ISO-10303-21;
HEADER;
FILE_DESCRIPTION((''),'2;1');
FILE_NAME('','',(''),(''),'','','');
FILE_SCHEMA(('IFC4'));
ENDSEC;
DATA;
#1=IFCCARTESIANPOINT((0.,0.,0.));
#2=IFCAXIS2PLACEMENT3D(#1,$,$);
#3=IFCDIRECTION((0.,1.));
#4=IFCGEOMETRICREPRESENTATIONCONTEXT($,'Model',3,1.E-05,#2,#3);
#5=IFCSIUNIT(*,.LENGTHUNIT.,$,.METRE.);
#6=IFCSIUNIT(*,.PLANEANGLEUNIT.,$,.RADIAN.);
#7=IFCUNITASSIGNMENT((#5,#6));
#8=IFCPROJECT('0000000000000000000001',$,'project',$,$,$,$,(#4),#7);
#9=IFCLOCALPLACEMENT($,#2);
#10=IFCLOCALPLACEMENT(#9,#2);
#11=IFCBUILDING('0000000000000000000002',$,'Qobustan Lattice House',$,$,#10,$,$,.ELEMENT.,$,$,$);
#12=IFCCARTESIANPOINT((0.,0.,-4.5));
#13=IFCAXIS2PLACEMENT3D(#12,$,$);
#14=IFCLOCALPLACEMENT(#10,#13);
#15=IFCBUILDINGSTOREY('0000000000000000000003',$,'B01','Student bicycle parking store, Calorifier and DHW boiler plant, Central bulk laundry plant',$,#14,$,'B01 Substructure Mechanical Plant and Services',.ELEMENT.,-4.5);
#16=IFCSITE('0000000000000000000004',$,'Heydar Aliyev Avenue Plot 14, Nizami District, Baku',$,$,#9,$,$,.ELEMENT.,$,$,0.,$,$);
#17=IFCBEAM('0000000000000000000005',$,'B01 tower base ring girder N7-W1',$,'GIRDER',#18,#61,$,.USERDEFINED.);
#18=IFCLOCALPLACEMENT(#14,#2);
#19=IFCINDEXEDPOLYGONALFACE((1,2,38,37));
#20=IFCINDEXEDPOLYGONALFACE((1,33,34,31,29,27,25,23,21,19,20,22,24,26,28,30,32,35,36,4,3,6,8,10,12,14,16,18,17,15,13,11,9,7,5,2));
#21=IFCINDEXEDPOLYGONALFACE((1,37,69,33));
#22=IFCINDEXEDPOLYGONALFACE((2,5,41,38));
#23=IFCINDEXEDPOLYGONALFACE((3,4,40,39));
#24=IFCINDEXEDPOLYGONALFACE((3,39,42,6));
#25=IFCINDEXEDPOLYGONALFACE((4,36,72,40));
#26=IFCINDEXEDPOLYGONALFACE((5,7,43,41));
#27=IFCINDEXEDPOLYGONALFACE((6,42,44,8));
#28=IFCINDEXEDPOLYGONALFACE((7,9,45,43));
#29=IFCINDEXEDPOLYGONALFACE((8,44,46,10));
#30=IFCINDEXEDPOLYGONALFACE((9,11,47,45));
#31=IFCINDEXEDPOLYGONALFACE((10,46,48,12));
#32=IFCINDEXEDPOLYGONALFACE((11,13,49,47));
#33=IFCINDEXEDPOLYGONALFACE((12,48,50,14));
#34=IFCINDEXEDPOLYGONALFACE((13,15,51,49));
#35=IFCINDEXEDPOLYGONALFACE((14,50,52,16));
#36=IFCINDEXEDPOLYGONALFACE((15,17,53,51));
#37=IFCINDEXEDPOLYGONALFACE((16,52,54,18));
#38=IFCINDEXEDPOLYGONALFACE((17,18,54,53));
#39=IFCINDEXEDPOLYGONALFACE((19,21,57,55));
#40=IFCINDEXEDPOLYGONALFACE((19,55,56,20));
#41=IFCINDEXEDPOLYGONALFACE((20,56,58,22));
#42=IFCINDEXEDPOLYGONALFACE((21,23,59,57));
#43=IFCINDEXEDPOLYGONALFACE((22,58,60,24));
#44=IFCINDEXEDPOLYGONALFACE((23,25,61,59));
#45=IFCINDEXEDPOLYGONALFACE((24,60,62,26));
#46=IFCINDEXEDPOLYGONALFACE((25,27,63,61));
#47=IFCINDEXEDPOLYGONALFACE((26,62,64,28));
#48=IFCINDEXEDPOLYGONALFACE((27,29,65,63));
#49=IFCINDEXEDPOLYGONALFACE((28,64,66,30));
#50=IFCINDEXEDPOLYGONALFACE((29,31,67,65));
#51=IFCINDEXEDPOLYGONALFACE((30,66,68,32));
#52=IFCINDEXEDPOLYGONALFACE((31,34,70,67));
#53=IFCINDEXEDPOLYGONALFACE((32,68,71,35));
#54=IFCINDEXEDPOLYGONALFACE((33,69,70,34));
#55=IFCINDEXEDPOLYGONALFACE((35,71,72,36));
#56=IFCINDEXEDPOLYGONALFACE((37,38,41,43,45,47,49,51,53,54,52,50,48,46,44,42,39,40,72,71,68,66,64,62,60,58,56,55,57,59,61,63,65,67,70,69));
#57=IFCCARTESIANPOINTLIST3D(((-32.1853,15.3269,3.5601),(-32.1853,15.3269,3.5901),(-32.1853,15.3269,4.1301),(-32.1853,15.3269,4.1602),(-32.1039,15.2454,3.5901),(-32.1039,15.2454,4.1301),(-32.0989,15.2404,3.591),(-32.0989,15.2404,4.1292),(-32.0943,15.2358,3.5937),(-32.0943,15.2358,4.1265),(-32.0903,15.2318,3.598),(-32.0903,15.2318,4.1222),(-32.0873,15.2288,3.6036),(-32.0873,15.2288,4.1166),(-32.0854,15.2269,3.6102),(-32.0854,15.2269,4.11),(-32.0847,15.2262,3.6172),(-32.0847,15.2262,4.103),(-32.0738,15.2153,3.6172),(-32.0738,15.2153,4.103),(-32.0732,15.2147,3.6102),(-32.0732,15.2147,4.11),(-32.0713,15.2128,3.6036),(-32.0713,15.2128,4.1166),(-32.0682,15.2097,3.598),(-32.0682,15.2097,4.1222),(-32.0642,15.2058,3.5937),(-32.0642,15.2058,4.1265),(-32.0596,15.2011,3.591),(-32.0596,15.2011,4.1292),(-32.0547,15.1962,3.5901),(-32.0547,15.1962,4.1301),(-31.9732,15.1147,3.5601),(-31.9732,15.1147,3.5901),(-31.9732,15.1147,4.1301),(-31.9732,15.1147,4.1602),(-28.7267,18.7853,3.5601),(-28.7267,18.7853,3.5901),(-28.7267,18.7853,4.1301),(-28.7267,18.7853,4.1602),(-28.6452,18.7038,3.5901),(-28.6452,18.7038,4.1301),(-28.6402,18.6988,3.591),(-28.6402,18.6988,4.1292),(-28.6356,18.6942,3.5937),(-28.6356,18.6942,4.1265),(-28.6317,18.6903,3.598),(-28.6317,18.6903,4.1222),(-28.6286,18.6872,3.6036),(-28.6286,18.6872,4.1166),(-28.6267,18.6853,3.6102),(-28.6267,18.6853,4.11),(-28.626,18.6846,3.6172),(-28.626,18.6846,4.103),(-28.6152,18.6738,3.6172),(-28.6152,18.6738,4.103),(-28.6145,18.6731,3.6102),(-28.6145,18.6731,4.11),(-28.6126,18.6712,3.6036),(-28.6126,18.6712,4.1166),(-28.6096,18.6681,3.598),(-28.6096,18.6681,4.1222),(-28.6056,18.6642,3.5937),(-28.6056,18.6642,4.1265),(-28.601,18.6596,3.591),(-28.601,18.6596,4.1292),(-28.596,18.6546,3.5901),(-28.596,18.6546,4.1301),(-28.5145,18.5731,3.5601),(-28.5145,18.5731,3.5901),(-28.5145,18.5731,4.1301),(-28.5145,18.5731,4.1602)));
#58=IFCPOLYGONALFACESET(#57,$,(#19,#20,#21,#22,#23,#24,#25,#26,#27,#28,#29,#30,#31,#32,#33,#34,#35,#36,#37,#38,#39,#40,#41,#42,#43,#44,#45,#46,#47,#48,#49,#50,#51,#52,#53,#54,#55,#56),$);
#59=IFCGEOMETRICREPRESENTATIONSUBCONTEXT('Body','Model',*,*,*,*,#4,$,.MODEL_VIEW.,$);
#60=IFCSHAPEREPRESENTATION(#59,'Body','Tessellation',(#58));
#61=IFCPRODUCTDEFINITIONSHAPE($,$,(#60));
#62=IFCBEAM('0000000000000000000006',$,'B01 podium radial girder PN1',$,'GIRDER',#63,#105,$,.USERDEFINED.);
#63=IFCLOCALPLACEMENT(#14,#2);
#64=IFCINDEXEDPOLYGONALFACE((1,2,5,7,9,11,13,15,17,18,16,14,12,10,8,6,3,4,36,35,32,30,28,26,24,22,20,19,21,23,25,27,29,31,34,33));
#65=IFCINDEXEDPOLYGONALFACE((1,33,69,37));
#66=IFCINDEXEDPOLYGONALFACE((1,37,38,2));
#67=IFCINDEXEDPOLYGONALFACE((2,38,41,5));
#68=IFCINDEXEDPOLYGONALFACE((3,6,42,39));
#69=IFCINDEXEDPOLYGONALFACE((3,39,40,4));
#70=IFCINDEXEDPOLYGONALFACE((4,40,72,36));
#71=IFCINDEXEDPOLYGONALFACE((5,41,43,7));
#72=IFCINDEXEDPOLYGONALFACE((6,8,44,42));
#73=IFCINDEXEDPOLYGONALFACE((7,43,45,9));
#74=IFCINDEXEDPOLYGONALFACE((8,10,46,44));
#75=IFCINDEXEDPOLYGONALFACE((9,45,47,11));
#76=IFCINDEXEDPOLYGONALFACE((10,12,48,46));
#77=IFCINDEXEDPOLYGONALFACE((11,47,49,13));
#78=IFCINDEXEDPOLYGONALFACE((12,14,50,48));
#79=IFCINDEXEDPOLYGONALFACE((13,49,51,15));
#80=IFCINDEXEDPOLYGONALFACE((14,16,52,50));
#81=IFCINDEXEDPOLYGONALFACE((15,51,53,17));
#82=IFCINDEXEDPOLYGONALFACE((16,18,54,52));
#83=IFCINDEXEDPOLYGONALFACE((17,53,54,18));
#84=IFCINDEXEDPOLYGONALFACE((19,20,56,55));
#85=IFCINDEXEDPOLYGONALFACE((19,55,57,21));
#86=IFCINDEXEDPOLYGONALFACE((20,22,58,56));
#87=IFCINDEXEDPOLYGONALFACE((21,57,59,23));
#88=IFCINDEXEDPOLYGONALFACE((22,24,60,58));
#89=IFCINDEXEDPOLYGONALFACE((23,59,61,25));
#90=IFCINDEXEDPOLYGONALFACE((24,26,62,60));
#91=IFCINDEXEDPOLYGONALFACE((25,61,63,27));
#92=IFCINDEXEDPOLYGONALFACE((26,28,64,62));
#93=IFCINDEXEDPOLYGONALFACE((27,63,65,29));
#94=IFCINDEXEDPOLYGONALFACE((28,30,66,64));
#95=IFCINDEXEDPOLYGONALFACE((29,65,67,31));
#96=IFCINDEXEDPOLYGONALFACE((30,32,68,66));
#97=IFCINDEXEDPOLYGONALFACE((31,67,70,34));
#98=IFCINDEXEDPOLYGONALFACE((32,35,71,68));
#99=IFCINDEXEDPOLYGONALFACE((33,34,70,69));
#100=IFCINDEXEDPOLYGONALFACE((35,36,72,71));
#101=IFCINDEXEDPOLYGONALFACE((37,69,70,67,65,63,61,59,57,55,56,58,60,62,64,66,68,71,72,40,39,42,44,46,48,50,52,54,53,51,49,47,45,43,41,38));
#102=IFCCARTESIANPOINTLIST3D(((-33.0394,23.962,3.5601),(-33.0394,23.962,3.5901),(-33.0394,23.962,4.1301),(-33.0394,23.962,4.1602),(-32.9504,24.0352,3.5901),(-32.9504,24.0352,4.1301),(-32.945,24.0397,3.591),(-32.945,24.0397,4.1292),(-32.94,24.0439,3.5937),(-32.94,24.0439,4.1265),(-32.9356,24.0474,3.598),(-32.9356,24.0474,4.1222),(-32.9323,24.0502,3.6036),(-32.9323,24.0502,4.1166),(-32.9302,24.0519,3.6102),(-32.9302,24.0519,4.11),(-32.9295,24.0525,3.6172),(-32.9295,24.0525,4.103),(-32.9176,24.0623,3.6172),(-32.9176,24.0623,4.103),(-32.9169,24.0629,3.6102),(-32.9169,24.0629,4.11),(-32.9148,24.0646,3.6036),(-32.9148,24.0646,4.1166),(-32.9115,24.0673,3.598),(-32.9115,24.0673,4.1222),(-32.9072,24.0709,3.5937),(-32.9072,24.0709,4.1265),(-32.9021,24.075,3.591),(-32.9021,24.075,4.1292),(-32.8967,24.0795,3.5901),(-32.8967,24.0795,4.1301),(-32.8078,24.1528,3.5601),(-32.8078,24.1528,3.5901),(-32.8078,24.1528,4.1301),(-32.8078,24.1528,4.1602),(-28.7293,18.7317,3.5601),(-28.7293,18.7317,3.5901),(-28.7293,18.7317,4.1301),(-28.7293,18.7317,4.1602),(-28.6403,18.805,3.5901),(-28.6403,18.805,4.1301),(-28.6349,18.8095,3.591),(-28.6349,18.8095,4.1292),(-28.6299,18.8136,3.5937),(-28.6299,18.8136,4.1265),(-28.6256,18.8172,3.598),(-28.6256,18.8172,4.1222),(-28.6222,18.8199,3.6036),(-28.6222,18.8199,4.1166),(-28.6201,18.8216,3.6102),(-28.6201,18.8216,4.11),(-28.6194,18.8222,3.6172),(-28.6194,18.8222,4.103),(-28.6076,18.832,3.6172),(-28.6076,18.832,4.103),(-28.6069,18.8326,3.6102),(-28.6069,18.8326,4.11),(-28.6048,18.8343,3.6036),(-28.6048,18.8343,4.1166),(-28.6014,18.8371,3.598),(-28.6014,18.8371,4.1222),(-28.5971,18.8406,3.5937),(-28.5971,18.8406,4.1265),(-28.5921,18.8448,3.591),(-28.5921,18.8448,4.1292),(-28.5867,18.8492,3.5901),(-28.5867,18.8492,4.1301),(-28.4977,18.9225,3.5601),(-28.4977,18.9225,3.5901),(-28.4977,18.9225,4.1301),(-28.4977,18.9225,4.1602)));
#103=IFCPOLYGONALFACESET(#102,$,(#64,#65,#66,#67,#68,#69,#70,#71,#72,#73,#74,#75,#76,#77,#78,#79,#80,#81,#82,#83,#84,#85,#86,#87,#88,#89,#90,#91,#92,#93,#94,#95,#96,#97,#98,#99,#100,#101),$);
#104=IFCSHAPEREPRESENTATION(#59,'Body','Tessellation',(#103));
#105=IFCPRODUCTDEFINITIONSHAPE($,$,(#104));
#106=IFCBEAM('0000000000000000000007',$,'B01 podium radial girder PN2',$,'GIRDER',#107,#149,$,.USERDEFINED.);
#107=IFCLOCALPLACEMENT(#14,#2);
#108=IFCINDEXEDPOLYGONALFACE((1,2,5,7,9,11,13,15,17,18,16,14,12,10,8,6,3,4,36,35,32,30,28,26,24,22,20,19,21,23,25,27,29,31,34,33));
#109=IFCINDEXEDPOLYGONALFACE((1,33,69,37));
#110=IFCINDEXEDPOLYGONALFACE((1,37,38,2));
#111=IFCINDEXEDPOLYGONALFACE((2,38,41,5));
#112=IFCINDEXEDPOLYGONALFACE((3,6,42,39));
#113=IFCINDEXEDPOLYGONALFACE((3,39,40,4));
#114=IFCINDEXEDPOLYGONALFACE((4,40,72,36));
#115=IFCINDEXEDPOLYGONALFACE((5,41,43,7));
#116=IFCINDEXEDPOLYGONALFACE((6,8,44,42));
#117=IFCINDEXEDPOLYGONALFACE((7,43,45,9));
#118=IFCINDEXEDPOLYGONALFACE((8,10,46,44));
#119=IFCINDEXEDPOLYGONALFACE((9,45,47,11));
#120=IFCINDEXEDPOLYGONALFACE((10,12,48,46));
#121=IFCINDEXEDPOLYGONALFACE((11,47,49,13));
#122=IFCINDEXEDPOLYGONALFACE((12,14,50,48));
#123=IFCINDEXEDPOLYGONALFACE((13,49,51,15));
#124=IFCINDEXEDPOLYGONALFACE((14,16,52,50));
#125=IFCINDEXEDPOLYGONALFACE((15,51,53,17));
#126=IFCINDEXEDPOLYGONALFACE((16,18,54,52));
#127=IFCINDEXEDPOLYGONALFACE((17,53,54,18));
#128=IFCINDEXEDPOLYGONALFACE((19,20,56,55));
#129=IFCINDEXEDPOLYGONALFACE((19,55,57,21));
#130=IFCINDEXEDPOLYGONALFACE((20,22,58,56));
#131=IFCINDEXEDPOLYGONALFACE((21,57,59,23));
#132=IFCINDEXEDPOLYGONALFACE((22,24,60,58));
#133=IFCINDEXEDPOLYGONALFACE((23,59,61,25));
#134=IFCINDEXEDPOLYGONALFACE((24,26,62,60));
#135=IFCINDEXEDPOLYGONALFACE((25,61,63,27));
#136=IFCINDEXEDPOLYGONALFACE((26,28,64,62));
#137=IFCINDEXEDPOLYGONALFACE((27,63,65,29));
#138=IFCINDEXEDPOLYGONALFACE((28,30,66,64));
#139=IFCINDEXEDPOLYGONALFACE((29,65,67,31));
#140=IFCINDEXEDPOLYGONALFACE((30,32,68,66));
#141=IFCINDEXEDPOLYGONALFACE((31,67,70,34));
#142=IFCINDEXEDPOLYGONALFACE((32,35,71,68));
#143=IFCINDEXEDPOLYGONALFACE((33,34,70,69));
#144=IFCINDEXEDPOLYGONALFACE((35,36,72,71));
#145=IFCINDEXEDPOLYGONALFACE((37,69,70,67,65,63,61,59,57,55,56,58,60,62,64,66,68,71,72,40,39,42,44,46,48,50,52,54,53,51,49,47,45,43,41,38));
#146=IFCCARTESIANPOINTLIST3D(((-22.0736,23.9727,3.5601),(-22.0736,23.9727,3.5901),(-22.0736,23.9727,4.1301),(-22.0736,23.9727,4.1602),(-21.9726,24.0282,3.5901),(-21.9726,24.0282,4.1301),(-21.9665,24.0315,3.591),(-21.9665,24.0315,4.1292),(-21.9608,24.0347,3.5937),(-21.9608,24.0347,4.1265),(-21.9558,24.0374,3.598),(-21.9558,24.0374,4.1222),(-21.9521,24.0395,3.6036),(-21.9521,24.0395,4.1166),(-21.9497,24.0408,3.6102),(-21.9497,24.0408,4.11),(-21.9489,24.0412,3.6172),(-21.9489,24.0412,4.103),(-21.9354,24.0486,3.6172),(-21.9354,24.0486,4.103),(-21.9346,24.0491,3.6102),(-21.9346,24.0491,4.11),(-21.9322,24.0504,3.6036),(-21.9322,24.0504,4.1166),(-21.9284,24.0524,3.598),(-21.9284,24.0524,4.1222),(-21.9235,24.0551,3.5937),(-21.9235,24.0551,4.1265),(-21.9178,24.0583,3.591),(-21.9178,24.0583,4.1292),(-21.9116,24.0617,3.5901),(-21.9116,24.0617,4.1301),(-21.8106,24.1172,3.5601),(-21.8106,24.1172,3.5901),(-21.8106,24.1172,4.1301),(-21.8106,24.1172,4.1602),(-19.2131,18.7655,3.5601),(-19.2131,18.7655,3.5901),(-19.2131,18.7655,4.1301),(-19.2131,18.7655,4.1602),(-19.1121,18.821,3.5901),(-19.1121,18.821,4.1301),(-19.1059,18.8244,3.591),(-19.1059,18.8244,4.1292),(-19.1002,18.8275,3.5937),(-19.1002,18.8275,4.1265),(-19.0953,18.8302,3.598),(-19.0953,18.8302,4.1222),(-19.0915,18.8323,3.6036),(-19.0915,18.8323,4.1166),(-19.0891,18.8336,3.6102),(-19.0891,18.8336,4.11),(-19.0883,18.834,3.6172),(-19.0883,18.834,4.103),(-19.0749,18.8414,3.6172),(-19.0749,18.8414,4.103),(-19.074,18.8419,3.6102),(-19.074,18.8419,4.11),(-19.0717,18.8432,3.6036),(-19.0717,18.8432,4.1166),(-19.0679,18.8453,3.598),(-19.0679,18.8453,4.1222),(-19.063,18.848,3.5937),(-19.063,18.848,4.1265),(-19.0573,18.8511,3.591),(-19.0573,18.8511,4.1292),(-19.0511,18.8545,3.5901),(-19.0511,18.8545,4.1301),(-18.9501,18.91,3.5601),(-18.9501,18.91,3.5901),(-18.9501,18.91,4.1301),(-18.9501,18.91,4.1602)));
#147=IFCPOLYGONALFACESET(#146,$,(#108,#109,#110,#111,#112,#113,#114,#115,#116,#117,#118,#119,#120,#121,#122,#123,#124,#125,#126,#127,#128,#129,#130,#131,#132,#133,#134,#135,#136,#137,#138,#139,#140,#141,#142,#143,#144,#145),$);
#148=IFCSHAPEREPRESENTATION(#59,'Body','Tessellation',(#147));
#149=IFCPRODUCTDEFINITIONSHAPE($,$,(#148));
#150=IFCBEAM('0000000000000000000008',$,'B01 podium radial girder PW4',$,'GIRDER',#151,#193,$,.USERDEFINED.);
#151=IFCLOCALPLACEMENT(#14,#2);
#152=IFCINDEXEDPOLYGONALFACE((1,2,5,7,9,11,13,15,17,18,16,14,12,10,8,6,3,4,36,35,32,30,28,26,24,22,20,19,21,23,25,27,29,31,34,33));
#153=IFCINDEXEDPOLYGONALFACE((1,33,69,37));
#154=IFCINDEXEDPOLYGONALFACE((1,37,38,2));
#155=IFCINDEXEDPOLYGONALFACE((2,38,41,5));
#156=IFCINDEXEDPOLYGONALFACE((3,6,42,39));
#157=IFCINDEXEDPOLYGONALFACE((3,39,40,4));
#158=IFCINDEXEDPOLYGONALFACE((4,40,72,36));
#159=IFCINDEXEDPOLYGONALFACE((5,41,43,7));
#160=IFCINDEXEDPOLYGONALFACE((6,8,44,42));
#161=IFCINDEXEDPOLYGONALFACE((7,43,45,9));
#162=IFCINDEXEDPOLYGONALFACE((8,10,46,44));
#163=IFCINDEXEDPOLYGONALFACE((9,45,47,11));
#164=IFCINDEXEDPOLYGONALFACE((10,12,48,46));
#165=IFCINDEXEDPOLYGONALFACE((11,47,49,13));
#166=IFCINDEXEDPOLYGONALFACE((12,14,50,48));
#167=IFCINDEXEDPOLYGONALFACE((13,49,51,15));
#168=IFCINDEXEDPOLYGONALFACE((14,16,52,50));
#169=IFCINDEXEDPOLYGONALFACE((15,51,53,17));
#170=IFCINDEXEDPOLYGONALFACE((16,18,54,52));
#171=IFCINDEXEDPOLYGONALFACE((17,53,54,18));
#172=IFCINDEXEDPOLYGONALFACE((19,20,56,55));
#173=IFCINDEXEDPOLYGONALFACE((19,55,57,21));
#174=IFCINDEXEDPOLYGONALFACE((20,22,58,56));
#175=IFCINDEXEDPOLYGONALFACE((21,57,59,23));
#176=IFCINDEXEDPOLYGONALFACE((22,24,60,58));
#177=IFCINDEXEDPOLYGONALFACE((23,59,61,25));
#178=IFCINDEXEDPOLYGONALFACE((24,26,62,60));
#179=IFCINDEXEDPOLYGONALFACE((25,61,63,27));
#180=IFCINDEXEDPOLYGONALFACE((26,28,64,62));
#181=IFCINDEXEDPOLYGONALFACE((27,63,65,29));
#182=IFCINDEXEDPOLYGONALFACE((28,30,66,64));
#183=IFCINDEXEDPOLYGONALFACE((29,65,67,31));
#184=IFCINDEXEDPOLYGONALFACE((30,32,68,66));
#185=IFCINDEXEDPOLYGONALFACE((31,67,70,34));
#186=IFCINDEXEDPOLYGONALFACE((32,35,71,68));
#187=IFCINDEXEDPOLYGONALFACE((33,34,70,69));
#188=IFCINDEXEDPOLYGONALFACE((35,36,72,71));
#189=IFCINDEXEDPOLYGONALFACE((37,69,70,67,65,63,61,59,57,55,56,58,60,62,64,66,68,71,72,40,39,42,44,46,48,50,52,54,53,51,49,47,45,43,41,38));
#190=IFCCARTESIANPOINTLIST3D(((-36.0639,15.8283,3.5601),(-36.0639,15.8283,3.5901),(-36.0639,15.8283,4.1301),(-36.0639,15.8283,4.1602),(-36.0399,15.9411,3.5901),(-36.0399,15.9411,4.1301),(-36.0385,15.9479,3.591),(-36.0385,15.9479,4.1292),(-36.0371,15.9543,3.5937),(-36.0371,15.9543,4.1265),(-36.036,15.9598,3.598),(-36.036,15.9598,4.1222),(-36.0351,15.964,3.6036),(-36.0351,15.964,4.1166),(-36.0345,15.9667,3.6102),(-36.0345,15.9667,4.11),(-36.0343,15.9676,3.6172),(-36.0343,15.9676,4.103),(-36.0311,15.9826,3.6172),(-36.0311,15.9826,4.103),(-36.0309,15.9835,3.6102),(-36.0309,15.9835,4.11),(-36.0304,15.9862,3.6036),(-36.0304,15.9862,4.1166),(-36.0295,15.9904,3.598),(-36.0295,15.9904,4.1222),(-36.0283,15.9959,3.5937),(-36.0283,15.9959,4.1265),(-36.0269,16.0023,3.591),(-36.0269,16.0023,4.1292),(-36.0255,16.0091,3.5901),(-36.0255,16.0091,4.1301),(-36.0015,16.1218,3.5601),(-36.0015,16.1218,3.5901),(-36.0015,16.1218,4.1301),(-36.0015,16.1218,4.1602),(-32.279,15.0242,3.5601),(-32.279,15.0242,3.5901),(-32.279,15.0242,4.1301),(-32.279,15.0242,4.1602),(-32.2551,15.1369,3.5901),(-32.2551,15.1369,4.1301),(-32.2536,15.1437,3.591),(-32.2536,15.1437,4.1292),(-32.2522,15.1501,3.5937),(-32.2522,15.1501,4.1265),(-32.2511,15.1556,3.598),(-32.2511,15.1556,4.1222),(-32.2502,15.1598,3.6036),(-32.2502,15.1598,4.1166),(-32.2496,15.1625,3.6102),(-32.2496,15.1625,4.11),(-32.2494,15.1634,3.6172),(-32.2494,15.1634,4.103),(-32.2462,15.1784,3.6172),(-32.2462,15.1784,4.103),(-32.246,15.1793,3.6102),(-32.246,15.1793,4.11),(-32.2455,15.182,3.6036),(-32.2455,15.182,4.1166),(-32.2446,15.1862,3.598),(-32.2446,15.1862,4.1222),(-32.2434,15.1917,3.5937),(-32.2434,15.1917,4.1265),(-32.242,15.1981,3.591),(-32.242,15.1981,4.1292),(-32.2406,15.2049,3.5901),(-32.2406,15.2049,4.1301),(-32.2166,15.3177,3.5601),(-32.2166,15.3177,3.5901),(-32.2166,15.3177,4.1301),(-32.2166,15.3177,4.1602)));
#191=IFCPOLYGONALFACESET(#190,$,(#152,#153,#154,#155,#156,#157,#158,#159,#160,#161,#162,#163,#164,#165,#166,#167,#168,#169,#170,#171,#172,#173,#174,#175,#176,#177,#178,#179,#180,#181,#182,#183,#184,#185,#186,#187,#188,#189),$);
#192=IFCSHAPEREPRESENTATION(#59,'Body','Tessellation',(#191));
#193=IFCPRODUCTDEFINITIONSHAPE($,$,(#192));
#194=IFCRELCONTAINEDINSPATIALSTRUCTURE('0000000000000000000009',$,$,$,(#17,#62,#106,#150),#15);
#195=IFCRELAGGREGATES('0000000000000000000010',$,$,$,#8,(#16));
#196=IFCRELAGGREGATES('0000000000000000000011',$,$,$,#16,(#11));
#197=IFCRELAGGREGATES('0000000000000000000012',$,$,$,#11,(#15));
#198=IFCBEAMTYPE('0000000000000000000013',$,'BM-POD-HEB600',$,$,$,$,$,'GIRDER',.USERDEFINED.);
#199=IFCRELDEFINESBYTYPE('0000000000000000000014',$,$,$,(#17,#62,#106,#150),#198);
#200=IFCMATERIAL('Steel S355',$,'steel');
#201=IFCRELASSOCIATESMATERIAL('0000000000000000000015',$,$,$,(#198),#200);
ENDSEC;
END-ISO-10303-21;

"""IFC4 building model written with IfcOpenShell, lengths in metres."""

from ifc_helpers import new_model, si_unit, direction, frame, origin, origin_2d, place, context, subcontext, project, spatial, i_section, extrude, material, material_profile, profile_set, type_object, element, save


model = new_model("IFC4")

# Units and contexts
model_context = context("Model", 3, precision=1e-05, world=origin(), true_north=direction((0.0, 1.0)))
body_context = subcontext(model_context, "Body", "Model", "MODEL_VIEW")
ifc_project = project(units=[si_unit("LENGTHUNIT", "METRE"), si_unit("PLANEANGLEUNIT", "RADIAN")], contexts=[model_context])

# Site, building, storey
site_placement = place(None, origin())
site = spatial("IfcSite", under=ifc_project, at=site_placement, Name="Heydar Aliyev Avenue Plot 14, Nizami District, Baku", CompositionType="ELEMENT", RefElevation=0.0)
building_placement = place(site_placement, origin())
building = spatial("IfcBuilding", under=site, at=building_placement, Name="Qobustan Lattice House", CompositionType="ELEMENT")
storey_placement = place(building_placement, frame((0.0, 0.0, -4.5)))
storey = spatial("IfcBuildingStorey", under=building, at=storey_placement, Name="B01", Description="Student bicycle parking store, Calorifier and DHW boiler plant, Central bulk laundry plant", LongName="B01 Substructure Mechanical Plant and Services", CompositionType="ELEMENT", Elevation=-4.5)

# Beams
ifc_material_1 = material(Name="Steel S355", Category="steel")
ifc_material_profile_1 = material_profile(ifc_material_1, i_section(OverallWidth=0.3, OverallDepth=0.6001, WebThickness=0.0154, FlangeThickness=0.03, FilletRadius=0.0271, at=origin_2d()), Name="HEB600")
ifc_profile_set_1 = profile_set([ifc_material_profile_1], Name="Steel S355")
beam_type_1 = type_object("IfcBeamType", Name="BM-POD-HEB600", ElementType="GIRDER", PredefinedType="USERDEFINED", material=ifc_profile_set_1)
beam_1_placement = place(storey_placement, frame((-28.6206, 18.6792, 3.8601), z_axis=(-0.707132, -0.707082, 0.0), x_axis=(0.707082, -0.707132, 0.0)))
element("IfcBeam", 1, at=beam_1_placement, inside=storey, type_object=beam_type_1, Name="B01 tower base ring girder N7-W1", ObjectType="GIRDER", PredefinedType="USERDEFINED", context=body_context, shape_type="SweptSolid", body=[
    extrude(i_section(OverallWidth=0.3, OverallDepth=0.6001, WebThickness=0.0154, FlangeThickness=0.03, FilletRadius=0.0271, at=origin_2d()), origin(), (0.0, 0.0, 1.0), 4.8911),
])
beam_2_placement = place(storey_placement, frame((-32.9236, 24.0574, 3.8601), z_axis=(0.635955, -0.771726, 0.0), x_axis=(0.771726, 0.635955, 0.0)))
element("IfcBeam", 2, at=beam_2_placement, inside=storey, type_object=beam_type_1, Name="B01 podium radial girder PN1", ObjectType="GIRDER", PredefinedType="USERDEFINED", context=body_context, shape_type="SweptSolid", body=[
    extrude(i_section(OverallWidth=0.3, OverallDepth=0.6001, WebThickness=0.0154, FlangeThickness=0.03, FilletRadius=0.0271, at=origin_2d()), origin(), (0.0, 0.0, 1.0), 6.7773),
])
beam_3_placement = place(storey_placement, frame((-21.9421, 24.0449, 3.8601), z_axis=(0.481479, -0.876458, 0.0), x_axis=(0.876458, 0.481479, 0.0)))
element("IfcBeam", 3, at=beam_3_placement, inside=storey, type_object=beam_type_1, Name="B01 podium radial girder PN2", ObjectType="GIRDER", PredefinedType="USERDEFINED", context=body_context, shape_type="SweptSolid", body=[
    extrude(i_section(OverallWidth=0.3, OverallDepth=0.6001, WebThickness=0.0154, FlangeThickness=0.03, FilletRadius=0.0271, at=origin_2d()), origin(), (0.0, 0.0, 1.0), 5.9412),
])
beam_4_placement = place(storey_placement, frame((-36.0327, 15.9751, 3.8601), z_axis=(0.978164, -0.207835, 0.0), x_axis=(0.207835, 0.978164, 0.0)))
element("IfcBeam", 4, at=beam_4_placement, inside=storey, type_object=beam_type_1, Name="B01 podium radial girder PW4", ObjectType="GIRDER", PredefinedType="USERDEFINED", context=body_context, shape_type="SweptSolid", body=[
    extrude(i_section(OverallWidth=0.3, OverallDepth=0.6001, WebThickness=0.0154, FlangeThickness=0.03, FilletRadius=0.0271, at=origin_2d()), origin(), (0.0, 0.0, 1.0), 3.8694),
])

save(model, "model.ifc")
